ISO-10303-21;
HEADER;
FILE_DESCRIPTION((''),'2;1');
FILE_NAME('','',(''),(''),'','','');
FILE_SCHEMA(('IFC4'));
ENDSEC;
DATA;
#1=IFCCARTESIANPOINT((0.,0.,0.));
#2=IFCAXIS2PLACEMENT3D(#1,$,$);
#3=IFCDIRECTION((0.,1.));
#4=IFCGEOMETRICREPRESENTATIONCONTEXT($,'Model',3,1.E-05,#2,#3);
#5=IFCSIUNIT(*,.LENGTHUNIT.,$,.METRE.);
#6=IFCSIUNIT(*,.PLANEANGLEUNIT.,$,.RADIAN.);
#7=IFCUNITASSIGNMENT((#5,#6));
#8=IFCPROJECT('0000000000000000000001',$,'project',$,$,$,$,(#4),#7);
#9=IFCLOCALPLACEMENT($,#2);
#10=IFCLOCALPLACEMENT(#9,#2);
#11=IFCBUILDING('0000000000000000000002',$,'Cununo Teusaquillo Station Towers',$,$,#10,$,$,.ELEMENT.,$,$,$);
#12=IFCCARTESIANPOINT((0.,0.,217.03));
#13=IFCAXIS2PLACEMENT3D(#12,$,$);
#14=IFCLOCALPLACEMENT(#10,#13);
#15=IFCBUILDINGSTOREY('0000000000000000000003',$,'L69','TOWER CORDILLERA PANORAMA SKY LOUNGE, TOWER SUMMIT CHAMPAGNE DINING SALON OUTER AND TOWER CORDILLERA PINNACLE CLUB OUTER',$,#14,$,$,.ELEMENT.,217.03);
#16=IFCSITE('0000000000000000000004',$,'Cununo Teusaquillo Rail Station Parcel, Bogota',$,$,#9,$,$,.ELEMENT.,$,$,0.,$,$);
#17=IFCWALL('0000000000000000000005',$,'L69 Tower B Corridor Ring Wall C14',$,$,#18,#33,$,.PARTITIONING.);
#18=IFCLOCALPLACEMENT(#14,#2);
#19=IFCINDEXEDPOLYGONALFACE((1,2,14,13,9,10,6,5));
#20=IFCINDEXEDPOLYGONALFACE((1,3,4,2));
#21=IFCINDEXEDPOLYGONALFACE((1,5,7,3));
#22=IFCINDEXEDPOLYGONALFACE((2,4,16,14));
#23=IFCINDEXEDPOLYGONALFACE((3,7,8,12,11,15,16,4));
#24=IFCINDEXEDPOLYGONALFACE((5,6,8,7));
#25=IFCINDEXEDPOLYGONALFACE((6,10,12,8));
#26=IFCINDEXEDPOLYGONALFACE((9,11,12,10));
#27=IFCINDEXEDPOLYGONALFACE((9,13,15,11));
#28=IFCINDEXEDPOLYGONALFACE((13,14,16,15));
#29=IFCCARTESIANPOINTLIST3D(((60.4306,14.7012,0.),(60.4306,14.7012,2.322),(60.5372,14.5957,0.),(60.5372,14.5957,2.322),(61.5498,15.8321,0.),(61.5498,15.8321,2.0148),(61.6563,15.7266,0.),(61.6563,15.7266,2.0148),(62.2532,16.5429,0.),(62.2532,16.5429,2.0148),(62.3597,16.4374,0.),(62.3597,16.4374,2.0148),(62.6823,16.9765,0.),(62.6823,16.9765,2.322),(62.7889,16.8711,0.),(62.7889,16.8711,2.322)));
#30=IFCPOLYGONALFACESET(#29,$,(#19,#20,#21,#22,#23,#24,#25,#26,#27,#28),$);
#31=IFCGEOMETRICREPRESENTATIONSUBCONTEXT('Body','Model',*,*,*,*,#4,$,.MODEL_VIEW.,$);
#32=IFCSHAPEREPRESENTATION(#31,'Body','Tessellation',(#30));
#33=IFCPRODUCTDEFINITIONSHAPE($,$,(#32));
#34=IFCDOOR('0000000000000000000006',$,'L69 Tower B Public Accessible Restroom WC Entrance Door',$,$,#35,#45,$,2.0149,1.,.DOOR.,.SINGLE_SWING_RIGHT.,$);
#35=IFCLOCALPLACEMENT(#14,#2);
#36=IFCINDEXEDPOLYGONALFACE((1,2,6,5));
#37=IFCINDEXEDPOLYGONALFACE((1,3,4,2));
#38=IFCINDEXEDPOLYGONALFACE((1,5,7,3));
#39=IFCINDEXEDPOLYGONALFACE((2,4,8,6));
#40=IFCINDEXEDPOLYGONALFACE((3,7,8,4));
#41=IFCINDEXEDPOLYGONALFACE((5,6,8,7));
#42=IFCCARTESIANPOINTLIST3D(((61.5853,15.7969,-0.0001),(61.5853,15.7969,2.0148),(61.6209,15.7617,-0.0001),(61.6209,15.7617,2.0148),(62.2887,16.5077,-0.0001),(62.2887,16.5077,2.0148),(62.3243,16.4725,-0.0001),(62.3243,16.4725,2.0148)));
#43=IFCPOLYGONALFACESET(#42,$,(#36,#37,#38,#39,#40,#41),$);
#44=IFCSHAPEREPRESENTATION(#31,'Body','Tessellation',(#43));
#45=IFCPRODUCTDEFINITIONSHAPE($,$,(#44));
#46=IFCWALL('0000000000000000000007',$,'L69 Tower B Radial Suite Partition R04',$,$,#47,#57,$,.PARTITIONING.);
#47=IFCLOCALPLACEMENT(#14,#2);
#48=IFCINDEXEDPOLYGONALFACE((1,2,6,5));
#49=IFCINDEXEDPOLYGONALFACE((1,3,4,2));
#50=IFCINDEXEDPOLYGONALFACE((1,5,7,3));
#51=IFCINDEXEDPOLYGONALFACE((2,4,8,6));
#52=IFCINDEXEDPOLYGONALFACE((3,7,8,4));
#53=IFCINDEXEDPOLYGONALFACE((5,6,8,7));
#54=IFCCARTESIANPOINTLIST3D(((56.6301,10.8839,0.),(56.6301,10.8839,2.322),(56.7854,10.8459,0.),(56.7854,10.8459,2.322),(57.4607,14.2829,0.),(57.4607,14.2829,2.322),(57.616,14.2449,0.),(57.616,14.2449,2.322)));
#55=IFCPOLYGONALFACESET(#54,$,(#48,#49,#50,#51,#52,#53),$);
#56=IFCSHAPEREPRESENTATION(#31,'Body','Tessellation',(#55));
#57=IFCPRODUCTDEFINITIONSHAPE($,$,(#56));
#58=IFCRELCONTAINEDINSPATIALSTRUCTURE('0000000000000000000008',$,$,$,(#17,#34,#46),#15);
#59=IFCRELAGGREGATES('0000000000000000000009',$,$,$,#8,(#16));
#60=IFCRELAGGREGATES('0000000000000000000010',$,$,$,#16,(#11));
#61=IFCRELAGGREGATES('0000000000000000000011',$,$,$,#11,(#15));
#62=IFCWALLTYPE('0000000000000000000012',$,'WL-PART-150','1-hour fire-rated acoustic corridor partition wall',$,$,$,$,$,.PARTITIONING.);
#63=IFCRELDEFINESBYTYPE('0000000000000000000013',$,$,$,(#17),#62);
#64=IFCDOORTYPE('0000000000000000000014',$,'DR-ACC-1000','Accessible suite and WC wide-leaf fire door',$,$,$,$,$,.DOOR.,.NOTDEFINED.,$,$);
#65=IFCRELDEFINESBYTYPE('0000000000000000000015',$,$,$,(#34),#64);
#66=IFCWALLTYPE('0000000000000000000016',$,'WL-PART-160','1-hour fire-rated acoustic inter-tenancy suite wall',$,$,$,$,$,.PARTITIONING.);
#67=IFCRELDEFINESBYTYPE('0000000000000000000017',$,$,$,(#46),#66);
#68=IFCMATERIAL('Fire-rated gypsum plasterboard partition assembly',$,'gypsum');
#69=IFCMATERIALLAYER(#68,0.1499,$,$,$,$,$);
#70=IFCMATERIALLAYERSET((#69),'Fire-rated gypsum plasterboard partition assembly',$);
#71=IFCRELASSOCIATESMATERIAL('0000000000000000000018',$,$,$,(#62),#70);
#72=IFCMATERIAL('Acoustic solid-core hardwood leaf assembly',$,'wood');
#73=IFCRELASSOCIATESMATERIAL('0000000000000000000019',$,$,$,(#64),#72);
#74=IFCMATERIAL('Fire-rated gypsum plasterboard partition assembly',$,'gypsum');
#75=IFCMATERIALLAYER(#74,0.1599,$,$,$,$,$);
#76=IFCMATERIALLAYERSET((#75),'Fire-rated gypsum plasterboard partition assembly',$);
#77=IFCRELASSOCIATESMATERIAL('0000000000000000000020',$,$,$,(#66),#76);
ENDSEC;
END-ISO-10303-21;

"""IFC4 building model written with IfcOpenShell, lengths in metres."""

from ifc_helpers import new_model, si_unit, direction, frame, frame_2d, origin, place, context, subcontext, project, spatial, rectangle, extrude, source, transform, mapped, material, layer, layer_set, type_object, element, fill, save


model = new_model("IFC4")

# Units and contexts
model_context = context("Model", 3, precision=1e-05, world=origin(), true_north=direction((0.0, 1.0)))
body_context = subcontext(model_context, "Body", "Model", "MODEL_VIEW")
ifc_project = project(units=[si_unit("LENGTHUNIT", "METRE"), si_unit("PLANEANGLEUNIT", "RADIAN")], contexts=[model_context])

# Site, building, storey
site_placement = place(None, origin())
site = spatial("IfcSite", under=ifc_project, at=site_placement, Name="Cununo Teusaquillo Rail Station Parcel, Bogota", CompositionType="ELEMENT", RefElevation=0.0)
building_placement = place(site_placement, origin())
building = spatial("IfcBuilding", under=site, at=building_placement, Name="Cununo Teusaquillo Station Towers", CompositionType="ELEMENT")
storey_placement = place(building_placement, frame((0.0, 0.0, 217.03)))
storey = spatial("IfcBuildingStorey", under=building, at=storey_placement, Name="L69", Description="TOWER CORDILLERA PANORAMA SKY LOUNGE, TOWER SUMMIT CHAMPAGNE DINING SALON OUTER AND TOWER CORDILLERA PINNACLE CLUB OUTER", CompositionType="ELEMENT", Elevation=217.03)

# Shared definitions
ifc_material_1 = material(Name="Fire-rated gypsum plasterboard partition assembly", Category="gypsum")
ifc_layer_1 = layer(ifc_material_1, 0.1499)
ifc_layer_set_1 = layer_set([ifc_layer_1], Name="Fire-rated gypsum plasterboard partition assembly")
wall_type_1 = type_object("IfcWallType", Name="WL-PART-150", Description="1-hour fire-rated acoustic corridor partition wall", PredefinedType="PARTITIONING", material=ifc_layer_set_1)

# Wall, opening, door
wall_1_placement = place(storey_placement, frame((60.4839, 14.6484, 0.0), z_axis=(0.0, 0.0, 1.0), x_axis=(0.703398, 0.710796, 0.0)))
wall_1 = element("IfcWall", 1, at=wall_1_placement, inside=storey, type_object=wall_type_1, Name="L69 Tower B Corridor Ring Wall C14", PredefinedType="PARTITIONING", context=body_context, shape_type="SweptSolid", body=[
    extrude(rectangle(XDim=3.2012, YDim=0.1499, at=frame_2d((1.6006, 0.0))), origin(), (0.0, 0.0, 1.0), 2.322),
])
shared_shape_1 = source(origin(), body_context, "Body", "SweptSolid", [
    extrude(rectangle(XDim=1.0, YDim=2.0149, at=frame_2d((0.5, 1.0073))), frame((0.0, 0.085, 0.0), z_axis=(0.0, -1.0, 0.0), x_axis=(1.0, 0.0, 0.0)), (0.0, 0.0, 1.0), 0.1699),
])
opening_1_placement = place(wall_1_placement, frame((1.5911, 0.0, 0.0)))
opening_1 = element("IfcOpeningElement", 2, at=opening_1_placement, cuts=wall_1, PredefinedType="OPENING", context=body_context, shape_type="MappedRepresentation", body=[
    mapped(shared_shape_1, transform((0.0, 0.0, 0.0), x_axis=(1.0, 0.0, 0.0), y_axis=(0.0, 1.0, 0.0), z_axis=(0.0, 0.0, 1.0), scale=1.0)),
])
ifc_material_2 = material(Name="Acoustic solid-core hardwood leaf assembly", Category="wood")
door_type_1 = type_object("IfcDoorType", Name="DR-ACC-1000", Description="Accessible suite and WC wide-leaf fire door", OperationType="NOTDEFINED", PredefinedType="DOOR", material=ifc_material_2)
shared_shape_2 = source(origin(), body_context, "Body", "SweptSolid", [
    extrude(rectangle(XDim=1.0, YDim=2.0149, at=frame_2d((0.5, 1.0073))), frame((0.0, 0.0249, 0.0), z_axis=(0.0, -1.0, 0.0), x_axis=(1.0, 0.0, 0.0)), (0.0, 0.0, 1.0), 0.05),
])
door_1_placement = place(opening_1_placement, origin())
door_1 = element("IfcDoor", 3, at=door_1_placement, inside=storey, type_object=door_type_1, Name="L69 Tower B Public Accessible Restroom WC Entrance Door", OperationType="SINGLE_SWING_RIGHT", OverallHeight=2.0149, OverallWidth=1.0, PredefinedType="DOOR", context=body_context, shape_type="MappedRepresentation", body=[
    mapped(shared_shape_2, transform((0.0, 0.0, 0.0), x_axis=(1.0, 0.0, 0.0), y_axis=(0.0, 1.0, 0.0), z_axis=(0.0, 0.0, 1.0), scale=1.0)),
])
fill(opening_1, door_1)

# Wall
ifc_material_3 = material(Name="Fire-rated gypsum plasterboard partition assembly", Category="gypsum")
ifc_layer_2 = layer(ifc_material_3, 0.1599)
ifc_layer_set_2 = layer_set([ifc_layer_2], Name="Fire-rated gypsum plasterboard partition assembly")
wall_type_2 = type_object("IfcWallType", Name="WL-PART-160", Description="1-hour fire-rated acoustic inter-tenancy suite wall", PredefinedType="PARTITIONING", material=ifc_layer_set_2)
wall_2_placement = place(storey_placement, frame((57.5383, 14.2639, 0.0), z_axis=(0.0, 0.0, 1.0), x_axis=(-0.237377, -0.971418, 0.0)))
element("IfcWall", 4, at=wall_2_placement, inside=storey, type_object=wall_type_2, Name="L69 Tower B Radial Suite Partition R04", PredefinedType="PARTITIONING", context=body_context, shape_type="SweptSolid", body=[
    extrude(rectangle(XDim=3.499, YDim=0.1599, at=frame_2d((1.7495, 0.0))), origin(), (0.0, 0.0, 1.0), 2.322),
])

save(model, "model.ifc")
